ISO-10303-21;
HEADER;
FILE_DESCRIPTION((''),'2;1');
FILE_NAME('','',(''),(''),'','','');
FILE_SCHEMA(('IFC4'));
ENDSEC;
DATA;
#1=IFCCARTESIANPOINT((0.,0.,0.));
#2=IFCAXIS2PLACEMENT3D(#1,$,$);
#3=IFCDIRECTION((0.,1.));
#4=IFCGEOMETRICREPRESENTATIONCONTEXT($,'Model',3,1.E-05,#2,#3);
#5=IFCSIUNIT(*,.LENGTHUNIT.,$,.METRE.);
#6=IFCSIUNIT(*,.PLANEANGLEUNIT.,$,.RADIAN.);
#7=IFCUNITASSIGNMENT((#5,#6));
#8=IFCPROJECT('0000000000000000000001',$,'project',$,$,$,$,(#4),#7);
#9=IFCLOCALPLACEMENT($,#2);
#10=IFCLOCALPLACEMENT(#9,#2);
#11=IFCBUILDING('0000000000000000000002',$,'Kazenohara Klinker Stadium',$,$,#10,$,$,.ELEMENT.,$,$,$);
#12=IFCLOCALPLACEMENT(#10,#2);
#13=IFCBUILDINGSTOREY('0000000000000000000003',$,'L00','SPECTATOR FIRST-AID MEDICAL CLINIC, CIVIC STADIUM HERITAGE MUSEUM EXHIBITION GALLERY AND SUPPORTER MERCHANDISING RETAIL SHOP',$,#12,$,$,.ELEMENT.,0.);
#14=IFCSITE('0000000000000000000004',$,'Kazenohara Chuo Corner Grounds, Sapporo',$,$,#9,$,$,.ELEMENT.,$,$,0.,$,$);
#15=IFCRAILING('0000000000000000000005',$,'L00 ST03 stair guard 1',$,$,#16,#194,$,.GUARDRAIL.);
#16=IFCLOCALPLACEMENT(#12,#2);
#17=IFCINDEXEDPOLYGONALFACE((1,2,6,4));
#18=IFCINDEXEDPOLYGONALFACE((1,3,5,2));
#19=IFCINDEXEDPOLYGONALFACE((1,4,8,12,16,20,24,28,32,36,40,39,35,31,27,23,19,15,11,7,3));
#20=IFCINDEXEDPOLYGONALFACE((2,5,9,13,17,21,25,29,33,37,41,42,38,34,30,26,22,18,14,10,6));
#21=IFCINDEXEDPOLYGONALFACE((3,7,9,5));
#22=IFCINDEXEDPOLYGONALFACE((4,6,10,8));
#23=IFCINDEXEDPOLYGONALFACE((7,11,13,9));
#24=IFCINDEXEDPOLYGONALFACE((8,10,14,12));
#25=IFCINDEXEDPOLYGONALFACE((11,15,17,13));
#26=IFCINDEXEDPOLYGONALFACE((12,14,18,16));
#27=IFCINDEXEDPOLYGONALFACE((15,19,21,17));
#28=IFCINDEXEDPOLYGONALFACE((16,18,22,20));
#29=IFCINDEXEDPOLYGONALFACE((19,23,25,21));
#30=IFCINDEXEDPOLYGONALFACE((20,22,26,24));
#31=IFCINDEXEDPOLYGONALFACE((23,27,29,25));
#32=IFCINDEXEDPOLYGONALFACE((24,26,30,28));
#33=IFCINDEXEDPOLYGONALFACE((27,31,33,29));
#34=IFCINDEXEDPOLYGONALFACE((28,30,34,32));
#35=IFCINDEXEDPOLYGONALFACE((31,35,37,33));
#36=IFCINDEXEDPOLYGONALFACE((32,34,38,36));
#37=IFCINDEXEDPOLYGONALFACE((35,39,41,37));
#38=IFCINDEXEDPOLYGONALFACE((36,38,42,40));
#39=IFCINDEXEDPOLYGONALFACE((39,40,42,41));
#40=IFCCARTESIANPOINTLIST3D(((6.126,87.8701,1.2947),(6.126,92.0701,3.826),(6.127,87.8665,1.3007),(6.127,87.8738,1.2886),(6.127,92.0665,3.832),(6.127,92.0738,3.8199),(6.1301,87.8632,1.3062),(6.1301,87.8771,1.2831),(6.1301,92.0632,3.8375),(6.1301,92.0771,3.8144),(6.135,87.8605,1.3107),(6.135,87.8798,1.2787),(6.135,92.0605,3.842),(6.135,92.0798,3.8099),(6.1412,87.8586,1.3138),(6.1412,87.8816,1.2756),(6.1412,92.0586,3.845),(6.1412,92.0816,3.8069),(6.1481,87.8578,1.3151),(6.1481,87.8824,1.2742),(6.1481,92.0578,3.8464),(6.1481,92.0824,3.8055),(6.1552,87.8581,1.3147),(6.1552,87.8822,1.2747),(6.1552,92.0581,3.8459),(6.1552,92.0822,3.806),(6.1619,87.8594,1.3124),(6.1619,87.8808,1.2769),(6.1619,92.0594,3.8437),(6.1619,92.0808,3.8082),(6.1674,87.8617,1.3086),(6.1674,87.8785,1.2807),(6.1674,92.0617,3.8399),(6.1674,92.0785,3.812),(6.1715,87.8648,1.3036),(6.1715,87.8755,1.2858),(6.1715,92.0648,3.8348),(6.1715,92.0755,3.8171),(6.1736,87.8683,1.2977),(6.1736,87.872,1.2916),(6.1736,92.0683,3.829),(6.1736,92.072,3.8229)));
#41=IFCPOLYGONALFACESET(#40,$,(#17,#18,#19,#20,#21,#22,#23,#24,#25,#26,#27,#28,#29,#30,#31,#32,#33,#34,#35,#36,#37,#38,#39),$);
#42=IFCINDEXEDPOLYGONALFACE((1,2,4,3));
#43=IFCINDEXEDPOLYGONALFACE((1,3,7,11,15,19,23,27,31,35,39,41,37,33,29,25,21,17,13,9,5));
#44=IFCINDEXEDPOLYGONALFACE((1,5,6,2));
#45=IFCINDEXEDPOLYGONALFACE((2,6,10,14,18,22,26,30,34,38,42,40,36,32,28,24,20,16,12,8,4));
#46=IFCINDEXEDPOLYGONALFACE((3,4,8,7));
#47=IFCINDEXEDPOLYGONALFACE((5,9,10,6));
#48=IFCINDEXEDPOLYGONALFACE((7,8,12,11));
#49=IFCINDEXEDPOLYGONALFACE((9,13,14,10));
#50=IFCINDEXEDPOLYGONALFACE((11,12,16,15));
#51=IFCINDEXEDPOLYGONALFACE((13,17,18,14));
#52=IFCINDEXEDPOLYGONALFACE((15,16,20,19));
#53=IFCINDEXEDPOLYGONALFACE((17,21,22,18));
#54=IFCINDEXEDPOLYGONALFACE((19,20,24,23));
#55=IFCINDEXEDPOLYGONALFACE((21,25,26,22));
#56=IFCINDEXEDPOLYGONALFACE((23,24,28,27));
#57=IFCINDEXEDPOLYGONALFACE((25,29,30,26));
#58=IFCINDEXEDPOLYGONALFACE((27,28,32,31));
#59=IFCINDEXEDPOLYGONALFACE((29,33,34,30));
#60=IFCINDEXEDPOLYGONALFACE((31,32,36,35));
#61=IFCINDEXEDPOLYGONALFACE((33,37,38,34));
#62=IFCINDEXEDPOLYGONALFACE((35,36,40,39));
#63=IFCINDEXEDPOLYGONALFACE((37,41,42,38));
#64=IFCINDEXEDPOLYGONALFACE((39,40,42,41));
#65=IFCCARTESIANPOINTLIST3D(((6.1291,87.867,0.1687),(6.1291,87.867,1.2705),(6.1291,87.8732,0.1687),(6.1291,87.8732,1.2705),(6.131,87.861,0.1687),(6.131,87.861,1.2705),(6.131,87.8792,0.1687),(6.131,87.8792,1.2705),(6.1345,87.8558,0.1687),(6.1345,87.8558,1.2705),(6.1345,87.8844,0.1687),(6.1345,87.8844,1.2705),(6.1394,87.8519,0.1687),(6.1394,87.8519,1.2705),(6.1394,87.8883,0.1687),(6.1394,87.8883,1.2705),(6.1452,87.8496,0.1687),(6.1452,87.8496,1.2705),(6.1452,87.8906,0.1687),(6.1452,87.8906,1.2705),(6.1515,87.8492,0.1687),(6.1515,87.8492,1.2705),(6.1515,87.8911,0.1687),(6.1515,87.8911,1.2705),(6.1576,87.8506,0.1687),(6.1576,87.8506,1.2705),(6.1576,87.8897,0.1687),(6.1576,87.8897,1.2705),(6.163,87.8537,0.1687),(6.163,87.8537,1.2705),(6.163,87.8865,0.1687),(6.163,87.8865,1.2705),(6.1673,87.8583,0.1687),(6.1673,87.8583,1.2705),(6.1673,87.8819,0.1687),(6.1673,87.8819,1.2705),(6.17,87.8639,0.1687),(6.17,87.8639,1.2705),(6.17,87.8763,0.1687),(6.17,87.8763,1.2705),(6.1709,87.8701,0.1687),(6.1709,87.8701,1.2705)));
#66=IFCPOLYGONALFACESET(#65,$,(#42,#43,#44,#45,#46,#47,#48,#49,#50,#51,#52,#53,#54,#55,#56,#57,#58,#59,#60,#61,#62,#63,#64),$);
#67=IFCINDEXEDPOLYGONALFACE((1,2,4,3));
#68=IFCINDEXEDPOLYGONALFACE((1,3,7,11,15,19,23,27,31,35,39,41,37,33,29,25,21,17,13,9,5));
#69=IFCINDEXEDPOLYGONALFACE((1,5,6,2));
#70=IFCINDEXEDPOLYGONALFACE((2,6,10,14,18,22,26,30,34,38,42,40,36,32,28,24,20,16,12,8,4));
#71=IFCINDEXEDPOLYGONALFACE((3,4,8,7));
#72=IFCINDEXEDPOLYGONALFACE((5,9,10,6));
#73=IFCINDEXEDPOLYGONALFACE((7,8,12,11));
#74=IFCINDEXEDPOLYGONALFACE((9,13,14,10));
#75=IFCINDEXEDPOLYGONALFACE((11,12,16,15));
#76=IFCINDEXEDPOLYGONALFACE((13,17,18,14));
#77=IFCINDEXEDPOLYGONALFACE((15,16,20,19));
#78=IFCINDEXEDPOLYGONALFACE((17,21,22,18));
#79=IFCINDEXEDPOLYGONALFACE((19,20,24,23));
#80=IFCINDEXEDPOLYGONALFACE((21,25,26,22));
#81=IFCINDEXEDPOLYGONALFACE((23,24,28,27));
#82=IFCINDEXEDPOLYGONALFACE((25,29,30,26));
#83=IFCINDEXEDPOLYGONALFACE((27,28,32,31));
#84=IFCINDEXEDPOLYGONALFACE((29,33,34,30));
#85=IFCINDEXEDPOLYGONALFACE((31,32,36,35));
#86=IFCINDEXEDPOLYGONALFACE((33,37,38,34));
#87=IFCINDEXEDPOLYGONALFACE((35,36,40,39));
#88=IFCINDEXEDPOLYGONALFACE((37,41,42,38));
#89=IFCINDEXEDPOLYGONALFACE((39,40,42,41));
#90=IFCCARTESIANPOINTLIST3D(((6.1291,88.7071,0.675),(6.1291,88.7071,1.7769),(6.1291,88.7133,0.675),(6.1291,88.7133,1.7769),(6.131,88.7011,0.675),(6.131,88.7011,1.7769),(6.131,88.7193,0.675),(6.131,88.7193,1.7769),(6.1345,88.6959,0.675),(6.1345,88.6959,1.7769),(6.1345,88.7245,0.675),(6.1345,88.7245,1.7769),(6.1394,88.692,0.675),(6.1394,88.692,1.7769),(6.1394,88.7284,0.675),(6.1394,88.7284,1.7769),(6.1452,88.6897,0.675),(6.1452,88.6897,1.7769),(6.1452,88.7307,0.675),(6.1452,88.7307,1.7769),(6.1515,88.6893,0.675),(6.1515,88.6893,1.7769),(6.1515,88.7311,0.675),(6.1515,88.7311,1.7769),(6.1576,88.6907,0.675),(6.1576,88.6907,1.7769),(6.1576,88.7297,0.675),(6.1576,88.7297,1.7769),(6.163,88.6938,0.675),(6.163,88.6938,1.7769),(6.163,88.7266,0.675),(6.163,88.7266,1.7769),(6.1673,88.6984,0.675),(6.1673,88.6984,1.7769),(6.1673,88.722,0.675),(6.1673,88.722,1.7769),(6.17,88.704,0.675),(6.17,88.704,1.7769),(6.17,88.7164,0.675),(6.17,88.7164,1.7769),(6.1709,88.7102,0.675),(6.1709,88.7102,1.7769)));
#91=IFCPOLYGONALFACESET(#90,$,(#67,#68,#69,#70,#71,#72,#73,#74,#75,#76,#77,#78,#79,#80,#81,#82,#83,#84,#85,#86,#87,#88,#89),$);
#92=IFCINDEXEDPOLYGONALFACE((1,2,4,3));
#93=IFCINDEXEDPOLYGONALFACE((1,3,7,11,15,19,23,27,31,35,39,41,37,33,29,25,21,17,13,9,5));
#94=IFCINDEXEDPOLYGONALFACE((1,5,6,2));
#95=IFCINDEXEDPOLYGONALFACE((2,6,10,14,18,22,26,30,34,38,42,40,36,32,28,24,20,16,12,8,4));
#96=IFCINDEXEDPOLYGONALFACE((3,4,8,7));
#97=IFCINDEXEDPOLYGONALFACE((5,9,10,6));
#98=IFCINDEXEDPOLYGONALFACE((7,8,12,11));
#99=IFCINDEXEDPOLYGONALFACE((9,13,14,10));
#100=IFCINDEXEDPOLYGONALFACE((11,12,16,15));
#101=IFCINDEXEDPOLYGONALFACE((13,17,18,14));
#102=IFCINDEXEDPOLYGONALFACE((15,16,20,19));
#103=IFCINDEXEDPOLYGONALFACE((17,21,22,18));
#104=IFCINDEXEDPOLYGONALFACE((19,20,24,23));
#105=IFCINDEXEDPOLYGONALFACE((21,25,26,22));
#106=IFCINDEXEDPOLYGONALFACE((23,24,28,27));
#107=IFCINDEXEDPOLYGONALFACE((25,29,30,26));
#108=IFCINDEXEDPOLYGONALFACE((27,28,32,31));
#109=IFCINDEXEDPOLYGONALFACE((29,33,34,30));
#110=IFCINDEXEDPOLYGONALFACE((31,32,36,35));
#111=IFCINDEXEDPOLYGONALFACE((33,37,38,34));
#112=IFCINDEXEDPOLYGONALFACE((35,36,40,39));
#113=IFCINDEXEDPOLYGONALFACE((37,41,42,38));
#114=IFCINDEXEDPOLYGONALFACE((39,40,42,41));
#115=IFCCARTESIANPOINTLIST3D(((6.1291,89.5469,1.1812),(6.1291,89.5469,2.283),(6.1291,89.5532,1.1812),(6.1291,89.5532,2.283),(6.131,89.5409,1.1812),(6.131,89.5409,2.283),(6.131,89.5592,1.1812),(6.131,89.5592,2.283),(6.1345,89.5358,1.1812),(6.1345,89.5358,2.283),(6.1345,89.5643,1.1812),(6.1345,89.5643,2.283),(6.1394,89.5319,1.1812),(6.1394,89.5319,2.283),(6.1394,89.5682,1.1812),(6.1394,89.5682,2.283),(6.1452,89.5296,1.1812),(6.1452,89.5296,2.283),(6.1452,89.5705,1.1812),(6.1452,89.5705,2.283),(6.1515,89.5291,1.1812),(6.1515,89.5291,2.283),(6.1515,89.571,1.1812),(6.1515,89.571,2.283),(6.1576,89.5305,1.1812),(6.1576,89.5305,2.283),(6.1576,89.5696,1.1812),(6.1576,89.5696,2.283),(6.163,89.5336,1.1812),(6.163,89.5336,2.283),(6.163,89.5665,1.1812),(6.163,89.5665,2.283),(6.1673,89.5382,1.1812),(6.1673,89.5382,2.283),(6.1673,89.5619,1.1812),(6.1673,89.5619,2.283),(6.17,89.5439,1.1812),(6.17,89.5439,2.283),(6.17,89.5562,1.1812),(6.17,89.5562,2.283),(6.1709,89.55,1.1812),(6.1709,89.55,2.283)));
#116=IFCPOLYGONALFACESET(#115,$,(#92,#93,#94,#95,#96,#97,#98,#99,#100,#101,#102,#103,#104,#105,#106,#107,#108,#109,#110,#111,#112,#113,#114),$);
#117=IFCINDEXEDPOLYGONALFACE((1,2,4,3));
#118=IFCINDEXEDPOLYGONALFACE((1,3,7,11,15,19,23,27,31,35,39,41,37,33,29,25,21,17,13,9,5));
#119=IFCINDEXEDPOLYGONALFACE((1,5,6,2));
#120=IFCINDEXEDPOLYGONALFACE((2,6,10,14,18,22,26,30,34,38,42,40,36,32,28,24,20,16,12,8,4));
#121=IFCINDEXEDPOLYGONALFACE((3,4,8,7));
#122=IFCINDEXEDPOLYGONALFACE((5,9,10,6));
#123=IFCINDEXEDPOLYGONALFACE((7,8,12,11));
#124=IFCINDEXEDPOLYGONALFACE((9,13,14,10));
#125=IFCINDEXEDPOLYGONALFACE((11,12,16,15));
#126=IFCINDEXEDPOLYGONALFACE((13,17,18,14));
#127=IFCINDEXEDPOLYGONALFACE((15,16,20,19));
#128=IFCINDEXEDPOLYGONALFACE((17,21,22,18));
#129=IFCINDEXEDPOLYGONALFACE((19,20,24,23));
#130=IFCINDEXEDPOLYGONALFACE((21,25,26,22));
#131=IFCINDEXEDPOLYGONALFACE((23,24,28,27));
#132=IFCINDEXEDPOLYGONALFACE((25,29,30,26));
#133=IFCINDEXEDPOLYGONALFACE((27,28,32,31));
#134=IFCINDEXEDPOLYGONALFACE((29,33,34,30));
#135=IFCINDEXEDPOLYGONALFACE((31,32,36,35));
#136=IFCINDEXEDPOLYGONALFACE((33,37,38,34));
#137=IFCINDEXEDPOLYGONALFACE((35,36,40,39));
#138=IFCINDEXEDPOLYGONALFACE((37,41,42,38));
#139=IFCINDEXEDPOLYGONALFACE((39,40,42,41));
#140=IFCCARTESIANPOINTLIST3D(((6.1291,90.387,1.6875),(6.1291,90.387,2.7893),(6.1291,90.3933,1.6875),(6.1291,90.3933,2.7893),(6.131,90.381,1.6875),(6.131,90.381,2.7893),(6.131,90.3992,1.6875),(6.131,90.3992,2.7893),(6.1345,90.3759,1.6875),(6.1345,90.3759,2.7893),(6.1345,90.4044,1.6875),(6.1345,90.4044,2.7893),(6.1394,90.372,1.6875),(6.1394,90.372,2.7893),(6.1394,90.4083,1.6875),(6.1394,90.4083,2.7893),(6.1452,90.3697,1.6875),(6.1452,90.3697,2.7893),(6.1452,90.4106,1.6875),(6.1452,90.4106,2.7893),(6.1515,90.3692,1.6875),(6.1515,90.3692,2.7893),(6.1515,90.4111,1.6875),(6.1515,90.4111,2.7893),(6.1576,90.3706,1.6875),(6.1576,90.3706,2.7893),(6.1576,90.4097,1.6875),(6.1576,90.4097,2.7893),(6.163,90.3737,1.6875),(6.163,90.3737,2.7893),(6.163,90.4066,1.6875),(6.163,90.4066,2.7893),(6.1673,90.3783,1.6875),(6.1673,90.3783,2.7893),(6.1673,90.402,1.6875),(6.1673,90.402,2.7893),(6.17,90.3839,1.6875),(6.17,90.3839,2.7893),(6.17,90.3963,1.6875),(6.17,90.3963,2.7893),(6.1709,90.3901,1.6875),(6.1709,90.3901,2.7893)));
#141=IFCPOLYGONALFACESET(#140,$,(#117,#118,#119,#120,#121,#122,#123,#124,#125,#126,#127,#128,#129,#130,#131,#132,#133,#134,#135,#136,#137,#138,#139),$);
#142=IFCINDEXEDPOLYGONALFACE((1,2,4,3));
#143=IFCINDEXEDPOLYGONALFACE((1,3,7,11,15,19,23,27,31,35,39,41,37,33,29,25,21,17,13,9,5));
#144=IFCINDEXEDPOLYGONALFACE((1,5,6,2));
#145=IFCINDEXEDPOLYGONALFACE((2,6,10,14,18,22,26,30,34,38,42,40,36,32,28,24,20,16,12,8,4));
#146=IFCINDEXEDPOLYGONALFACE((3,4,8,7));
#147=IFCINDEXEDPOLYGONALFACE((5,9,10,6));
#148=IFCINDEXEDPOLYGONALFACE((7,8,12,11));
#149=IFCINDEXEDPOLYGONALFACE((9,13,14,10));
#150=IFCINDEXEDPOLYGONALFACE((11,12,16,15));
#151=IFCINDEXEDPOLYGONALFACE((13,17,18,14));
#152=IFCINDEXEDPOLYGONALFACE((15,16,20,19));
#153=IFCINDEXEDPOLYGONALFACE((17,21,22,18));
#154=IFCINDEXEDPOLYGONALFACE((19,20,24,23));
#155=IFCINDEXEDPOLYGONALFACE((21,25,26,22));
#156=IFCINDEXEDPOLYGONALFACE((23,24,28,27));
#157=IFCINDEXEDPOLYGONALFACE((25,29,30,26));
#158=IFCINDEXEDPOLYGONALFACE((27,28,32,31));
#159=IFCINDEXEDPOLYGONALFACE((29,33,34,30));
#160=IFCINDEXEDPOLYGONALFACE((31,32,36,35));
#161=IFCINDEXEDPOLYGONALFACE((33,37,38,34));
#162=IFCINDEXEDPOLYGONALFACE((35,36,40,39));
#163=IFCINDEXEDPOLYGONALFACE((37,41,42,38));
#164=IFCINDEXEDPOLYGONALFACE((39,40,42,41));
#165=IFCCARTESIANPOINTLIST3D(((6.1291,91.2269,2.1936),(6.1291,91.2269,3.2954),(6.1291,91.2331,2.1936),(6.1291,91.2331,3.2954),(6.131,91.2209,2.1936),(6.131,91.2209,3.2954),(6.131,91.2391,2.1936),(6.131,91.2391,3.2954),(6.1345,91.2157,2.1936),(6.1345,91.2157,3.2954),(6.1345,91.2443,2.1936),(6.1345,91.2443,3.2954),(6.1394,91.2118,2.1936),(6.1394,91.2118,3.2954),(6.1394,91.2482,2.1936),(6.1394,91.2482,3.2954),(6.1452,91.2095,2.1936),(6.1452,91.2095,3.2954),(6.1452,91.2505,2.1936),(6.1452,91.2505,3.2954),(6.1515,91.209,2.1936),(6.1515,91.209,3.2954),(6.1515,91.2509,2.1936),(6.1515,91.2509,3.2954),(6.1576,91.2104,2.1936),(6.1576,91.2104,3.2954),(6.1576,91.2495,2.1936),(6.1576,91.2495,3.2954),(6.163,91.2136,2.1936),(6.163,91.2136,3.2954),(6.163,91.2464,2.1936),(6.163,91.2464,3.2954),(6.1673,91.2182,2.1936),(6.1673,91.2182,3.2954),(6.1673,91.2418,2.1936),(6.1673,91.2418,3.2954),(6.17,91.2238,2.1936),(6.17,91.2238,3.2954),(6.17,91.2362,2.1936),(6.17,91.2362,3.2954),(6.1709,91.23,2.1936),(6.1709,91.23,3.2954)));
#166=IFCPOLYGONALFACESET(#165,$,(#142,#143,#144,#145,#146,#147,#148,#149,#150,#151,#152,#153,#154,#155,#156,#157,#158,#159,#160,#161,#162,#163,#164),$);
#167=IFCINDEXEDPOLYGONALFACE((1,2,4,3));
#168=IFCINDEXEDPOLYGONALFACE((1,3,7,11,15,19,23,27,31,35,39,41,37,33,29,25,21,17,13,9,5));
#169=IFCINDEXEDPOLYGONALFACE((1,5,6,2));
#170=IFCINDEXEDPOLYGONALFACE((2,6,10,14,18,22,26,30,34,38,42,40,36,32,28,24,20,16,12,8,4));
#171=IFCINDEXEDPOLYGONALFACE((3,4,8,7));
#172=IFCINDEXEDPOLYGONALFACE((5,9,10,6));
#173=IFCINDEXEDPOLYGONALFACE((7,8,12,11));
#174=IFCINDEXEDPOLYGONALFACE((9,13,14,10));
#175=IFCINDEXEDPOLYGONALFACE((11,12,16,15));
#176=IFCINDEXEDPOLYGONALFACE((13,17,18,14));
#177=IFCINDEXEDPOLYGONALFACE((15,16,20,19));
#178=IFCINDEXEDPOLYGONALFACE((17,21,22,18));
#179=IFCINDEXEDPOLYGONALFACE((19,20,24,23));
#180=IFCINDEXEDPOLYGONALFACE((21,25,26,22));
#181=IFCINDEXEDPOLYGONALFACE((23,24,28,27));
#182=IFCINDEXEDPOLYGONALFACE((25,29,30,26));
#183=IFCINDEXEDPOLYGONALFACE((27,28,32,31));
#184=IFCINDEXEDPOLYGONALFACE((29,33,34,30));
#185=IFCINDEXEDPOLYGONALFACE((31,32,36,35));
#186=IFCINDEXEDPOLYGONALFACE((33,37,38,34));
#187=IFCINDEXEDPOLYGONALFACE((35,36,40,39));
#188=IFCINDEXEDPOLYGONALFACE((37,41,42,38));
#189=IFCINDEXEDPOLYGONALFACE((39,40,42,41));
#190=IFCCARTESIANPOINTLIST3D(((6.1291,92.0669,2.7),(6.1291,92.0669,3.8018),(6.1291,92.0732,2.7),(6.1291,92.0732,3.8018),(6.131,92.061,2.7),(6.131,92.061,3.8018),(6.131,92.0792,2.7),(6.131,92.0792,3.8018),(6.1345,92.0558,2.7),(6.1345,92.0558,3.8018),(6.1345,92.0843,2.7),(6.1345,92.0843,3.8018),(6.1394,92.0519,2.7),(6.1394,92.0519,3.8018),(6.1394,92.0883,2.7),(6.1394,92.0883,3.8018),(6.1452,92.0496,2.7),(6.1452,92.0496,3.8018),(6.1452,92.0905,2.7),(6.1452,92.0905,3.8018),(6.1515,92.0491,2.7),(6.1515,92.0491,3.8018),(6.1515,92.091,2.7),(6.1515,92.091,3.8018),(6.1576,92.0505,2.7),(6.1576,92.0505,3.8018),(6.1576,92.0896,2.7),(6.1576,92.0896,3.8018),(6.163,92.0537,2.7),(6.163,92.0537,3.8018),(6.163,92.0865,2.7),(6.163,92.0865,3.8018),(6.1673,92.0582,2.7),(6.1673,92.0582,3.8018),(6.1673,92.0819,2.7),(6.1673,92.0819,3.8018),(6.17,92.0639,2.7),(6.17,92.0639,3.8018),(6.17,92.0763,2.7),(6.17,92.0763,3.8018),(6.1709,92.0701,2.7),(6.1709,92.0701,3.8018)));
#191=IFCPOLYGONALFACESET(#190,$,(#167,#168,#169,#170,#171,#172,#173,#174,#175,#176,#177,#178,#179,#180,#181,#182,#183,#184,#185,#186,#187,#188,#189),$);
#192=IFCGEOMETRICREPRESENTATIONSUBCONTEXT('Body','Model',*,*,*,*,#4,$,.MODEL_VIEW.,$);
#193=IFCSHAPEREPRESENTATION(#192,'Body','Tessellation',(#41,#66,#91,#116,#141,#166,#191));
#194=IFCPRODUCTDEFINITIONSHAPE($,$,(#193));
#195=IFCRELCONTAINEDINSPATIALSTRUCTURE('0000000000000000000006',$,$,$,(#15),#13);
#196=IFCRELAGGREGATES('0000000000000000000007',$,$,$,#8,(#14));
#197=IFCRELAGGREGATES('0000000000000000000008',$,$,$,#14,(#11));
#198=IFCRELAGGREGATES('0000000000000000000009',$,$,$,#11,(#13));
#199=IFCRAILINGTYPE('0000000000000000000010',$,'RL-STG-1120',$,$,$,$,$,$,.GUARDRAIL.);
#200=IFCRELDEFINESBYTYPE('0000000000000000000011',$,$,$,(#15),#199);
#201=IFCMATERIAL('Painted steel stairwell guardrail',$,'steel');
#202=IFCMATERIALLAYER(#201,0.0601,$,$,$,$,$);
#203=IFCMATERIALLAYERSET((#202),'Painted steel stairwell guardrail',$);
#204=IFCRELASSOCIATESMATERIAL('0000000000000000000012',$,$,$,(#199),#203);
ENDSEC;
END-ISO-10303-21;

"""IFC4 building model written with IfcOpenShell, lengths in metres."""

from ifc_helpers import new_model, si_unit, direction, frame, origin, origin_2d, place, context, subcontext, project, spatial, circle, extrude, material, layer, layer_set, type_object, element, save


model = new_model("IFC4")

# Units and contexts
model_context = context("Model", 3, precision=1e-05, world=origin(), true_north=direction((0.0, 1.0)))
body_context = subcontext(model_context, "Body", "Model", "MODEL_VIEW")
ifc_project = project(units=[si_unit("LENGTHUNIT", "METRE"), si_unit("PLANEANGLEUNIT", "RADIAN")], contexts=[model_context])

# Site, building, storey
site_placement = place(None, origin())
site = spatial("IfcSite", under=ifc_project, at=site_placement, Name="Kazenohara Chuo Corner Grounds, Sapporo", CompositionType="ELEMENT", RefElevation=0.0)
building_placement = place(site_placement, origin())
building = spatial("IfcBuilding", under=site, at=building_placement, Name="Kazenohara Klinker Stadium", CompositionType="ELEMENT")
storey_placement = place(building_placement, origin())
storey = spatial("IfcBuildingStorey", under=building, at=storey_placement, Name="L00", Description="SPECTATOR FIRST-AID MEDICAL CLINIC, CIVIC STADIUM HERITAGE MUSEUM EXHIBITION GALLERY AND SUPPORTER MERCHANDISING RETAIL SHOP", CompositionType="ELEMENT", Elevation=0.0)

# Railing
ifc_material_1 = material(Name="Painted steel stairwell guardrail", Category="steel")
ifc_layer_1 = layer(ifc_material_1, 0.0601)
ifc_layer_set_1 = layer_set([ifc_layer_1], Name="Painted steel stairwell guardrail")
railing_type_1 = type_object("IfcRailingType", Name="RL-STG-1120", PredefinedType="GUARDRAIL", material=ifc_layer_set_1)
railing_1_placement = place(storey_placement, frame((6.1499, 87.8701, 0.1687)))
element("IfcRailing", 1, at=railing_1_placement, inside=storey, type_object=railing_type_1, Name="L00 ST03 stair guard 1", PredefinedType="GUARDRAIL", context=body_context, shape_type="SweptSolid", body=[
    extrude(circle(Radius=0.0239, at=origin_2d()), frame((0.0, 0.0, 1.126), z_axis=(0.0, 0.856476, 0.516186), x_axis=(-1.0, 0.0, 0.0)), (0.0, 0.0, 1.0), 4.9038),
    extrude(circle(Radius=0.021, at=origin_2d()), origin(), (0.0, 0.0, 1.0), 1.1018),
    extrude(circle(Radius=0.021, at=origin_2d()), frame((0.0, 0.8401, 0.5063)), (0.0, 0.0, 1.0), 1.1018),
    extrude(circle(Radius=0.021, at=origin_2d()), frame((0.0, 1.6799, 1.0125)), (0.0, 0.0, 1.0), 1.1018),
    extrude(circle(Radius=0.021, at=origin_2d()), frame((0.0, 2.52, 1.5188)), (0.0, 0.0, 1.0), 1.1018),
    extrude(circle(Radius=0.021, at=origin_2d()), frame((0.0, 3.3599, 2.0249)), (0.0, 0.0, 1.0), 1.1018),
    extrude(circle(Radius=0.021, at=origin_2d()), frame((0.0, 4.2, 2.5312)), (0.0, 0.0, 1.0), 1.1018),
])

save(model, "model.ifc")
